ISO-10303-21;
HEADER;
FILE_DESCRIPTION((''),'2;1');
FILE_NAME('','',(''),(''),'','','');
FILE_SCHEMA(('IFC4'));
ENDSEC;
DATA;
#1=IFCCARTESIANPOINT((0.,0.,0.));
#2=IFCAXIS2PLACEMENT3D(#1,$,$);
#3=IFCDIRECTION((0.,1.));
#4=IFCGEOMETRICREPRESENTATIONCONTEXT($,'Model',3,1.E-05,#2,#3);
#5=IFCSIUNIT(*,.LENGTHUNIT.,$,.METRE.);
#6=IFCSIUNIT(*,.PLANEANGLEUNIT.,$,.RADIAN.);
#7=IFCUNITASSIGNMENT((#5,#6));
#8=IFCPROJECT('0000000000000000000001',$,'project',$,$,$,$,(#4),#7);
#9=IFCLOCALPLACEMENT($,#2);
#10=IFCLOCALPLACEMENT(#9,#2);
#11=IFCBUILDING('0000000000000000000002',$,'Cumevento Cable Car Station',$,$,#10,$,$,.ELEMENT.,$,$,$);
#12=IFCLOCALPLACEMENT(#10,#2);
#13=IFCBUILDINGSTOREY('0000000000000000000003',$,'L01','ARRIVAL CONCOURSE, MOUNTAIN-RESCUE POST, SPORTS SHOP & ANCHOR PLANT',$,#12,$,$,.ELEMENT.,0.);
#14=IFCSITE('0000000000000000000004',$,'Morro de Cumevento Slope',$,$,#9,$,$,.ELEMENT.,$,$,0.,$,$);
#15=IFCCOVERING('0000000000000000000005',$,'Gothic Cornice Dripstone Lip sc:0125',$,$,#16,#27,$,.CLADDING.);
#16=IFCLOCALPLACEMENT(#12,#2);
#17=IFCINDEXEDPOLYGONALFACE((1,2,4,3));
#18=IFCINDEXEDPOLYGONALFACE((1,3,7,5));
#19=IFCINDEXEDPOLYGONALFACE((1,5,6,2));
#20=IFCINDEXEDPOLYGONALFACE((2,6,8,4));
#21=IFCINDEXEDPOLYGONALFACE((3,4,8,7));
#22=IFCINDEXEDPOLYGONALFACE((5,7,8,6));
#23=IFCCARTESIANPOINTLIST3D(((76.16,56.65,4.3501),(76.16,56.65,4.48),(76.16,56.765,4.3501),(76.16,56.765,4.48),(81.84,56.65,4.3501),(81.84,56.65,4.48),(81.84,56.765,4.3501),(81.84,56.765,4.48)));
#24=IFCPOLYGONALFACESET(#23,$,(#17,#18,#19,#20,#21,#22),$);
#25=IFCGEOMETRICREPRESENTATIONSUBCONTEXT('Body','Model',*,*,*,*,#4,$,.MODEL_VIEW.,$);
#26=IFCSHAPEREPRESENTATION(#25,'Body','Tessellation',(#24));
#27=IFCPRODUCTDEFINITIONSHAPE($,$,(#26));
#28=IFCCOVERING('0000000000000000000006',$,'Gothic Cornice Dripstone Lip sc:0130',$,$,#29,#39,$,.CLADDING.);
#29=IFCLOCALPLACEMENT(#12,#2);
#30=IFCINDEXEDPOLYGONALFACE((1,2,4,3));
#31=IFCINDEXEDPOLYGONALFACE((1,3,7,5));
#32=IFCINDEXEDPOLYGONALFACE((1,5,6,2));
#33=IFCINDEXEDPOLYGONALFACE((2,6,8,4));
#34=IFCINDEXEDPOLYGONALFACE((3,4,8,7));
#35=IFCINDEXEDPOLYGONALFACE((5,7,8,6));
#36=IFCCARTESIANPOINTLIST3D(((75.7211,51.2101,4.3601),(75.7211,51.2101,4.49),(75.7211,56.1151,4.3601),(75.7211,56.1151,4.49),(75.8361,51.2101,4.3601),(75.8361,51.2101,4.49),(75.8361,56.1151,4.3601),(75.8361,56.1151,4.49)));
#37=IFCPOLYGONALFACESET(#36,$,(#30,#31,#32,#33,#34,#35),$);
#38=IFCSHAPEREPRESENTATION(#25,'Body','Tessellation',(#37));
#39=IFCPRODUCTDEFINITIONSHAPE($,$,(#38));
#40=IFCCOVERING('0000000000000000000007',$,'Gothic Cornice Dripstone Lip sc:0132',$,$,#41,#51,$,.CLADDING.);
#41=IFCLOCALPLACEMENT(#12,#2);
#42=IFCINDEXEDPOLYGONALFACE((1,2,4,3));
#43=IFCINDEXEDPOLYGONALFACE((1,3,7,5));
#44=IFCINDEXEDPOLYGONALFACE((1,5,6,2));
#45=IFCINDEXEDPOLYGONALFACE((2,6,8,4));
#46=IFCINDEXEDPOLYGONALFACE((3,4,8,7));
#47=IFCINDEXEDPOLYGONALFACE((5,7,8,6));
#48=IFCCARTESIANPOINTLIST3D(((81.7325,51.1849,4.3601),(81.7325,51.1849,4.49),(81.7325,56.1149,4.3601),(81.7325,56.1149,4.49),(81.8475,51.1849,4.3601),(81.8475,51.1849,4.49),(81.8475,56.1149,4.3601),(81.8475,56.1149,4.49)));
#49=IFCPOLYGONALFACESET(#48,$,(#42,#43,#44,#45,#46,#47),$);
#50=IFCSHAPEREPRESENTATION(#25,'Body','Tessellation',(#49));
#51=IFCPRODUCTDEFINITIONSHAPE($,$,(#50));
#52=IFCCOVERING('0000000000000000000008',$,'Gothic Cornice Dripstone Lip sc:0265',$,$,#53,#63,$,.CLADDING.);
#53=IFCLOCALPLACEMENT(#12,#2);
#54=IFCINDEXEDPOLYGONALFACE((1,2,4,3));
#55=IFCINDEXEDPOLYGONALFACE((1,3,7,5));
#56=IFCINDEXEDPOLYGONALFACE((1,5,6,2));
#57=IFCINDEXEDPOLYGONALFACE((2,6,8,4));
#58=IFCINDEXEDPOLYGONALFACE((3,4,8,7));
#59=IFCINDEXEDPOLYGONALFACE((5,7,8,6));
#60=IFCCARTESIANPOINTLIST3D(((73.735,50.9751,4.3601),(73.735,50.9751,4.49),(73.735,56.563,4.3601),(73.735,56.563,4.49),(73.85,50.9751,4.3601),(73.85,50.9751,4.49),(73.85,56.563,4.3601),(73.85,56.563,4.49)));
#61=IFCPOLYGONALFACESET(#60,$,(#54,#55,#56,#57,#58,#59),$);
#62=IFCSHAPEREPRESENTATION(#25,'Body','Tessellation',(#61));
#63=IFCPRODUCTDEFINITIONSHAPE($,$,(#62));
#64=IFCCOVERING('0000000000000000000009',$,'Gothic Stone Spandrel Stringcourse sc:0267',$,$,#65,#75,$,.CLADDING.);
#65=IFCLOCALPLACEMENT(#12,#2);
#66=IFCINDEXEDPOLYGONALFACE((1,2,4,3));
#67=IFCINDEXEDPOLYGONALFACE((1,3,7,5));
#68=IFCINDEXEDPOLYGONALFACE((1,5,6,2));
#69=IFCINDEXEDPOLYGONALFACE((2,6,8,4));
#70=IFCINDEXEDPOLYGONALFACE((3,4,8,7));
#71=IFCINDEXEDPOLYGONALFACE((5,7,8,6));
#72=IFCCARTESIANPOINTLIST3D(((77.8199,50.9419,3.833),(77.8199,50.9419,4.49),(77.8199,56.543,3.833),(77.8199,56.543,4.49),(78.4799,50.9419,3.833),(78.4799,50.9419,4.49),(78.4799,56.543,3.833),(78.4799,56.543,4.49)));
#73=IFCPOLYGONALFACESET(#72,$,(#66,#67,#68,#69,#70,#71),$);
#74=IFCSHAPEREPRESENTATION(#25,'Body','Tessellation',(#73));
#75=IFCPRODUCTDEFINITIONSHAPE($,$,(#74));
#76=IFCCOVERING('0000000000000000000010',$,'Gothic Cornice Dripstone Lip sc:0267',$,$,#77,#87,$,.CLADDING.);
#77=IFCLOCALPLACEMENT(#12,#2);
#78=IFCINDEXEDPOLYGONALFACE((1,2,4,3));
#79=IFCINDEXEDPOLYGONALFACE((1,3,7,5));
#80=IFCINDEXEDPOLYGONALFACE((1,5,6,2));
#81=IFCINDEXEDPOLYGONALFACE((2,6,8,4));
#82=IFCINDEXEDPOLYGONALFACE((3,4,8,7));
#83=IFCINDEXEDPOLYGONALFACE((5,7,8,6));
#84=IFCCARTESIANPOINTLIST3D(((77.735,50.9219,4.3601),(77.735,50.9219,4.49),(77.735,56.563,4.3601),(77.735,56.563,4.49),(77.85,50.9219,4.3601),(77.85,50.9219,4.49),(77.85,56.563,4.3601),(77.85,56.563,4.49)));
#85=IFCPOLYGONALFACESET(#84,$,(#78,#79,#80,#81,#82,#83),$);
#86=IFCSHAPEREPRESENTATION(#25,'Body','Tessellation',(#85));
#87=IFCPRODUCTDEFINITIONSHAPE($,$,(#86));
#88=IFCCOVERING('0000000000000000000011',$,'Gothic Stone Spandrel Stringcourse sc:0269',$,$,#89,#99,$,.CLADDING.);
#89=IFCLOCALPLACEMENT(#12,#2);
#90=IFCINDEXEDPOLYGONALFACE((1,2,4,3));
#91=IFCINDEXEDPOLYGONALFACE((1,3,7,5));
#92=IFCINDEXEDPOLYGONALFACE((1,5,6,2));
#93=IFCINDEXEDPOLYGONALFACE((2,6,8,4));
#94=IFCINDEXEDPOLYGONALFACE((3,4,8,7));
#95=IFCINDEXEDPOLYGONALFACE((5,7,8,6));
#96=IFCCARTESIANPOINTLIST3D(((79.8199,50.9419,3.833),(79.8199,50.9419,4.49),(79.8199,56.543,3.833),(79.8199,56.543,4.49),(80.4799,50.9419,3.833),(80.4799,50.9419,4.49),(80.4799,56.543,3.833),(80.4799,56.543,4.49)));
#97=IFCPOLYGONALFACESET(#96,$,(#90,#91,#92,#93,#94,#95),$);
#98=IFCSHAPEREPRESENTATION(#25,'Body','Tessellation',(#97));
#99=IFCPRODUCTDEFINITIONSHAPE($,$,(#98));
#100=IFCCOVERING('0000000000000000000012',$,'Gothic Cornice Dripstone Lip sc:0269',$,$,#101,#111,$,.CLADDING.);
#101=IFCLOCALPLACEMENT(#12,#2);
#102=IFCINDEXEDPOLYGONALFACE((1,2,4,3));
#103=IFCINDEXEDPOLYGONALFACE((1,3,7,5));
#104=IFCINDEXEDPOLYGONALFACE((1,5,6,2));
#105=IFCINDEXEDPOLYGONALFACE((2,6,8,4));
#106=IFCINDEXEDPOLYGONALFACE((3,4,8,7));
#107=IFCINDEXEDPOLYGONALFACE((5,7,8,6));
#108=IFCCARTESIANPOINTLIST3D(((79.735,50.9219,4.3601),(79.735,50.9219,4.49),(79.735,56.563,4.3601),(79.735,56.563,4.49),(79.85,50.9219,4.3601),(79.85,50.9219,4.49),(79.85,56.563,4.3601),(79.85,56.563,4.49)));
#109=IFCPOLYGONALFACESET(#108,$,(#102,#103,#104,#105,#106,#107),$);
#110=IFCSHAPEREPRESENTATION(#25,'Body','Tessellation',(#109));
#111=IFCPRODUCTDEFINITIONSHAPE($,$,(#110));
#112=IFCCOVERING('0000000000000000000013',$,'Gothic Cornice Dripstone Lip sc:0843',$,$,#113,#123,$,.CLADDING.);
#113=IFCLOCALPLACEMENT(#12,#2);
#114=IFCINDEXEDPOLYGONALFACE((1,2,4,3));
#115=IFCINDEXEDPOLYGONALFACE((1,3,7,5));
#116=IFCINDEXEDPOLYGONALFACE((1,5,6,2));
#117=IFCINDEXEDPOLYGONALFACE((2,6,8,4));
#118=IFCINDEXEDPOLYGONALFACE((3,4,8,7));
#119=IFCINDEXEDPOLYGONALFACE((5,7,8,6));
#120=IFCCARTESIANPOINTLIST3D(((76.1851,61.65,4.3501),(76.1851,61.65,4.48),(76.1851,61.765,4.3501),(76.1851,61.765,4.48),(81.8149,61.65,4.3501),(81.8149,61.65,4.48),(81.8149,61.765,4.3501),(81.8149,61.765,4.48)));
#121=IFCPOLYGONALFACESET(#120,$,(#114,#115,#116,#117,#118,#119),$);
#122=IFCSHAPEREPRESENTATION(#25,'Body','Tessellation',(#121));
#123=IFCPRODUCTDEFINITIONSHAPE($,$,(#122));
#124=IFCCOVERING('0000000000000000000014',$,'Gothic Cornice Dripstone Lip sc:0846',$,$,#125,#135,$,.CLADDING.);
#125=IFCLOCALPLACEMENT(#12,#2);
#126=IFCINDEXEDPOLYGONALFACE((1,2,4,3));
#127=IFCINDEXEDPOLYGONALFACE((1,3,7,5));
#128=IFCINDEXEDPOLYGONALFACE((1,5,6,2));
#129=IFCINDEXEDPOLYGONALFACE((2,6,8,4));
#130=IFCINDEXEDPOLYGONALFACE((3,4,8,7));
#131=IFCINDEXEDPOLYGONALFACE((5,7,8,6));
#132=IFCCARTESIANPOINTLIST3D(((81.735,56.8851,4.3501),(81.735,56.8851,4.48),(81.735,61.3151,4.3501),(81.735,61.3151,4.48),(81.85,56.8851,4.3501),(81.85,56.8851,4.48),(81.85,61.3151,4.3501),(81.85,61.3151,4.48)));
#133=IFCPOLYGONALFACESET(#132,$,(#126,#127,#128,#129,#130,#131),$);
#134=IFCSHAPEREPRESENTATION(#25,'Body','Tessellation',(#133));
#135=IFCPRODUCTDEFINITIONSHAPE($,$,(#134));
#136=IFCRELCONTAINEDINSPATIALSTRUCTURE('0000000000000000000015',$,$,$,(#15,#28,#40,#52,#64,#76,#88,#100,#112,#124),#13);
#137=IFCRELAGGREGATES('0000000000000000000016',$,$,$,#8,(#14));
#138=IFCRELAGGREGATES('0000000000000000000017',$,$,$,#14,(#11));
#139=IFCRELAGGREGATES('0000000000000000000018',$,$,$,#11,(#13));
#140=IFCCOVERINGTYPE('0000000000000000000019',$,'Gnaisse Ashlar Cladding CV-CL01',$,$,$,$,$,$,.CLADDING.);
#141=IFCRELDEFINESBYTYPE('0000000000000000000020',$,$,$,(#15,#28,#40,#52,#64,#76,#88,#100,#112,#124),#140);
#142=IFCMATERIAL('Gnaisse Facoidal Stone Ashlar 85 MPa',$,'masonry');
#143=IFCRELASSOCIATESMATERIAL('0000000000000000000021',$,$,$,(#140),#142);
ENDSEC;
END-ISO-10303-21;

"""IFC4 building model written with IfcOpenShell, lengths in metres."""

from ifc_helpers import new_model, si_unit, direction, frame, origin, origin_2d, place, context, subcontext, project, spatial, rectangle, extrude, material, type_object, element, save


model = new_model("IFC4")

# Units and contexts
model_context = context("Model", 3, precision=1e-05, world=origin(), true_north=direction((0.0, 1.0)))
body_context = subcontext(model_context, "Body", "Model", "MODEL_VIEW")
ifc_project = project(units=[si_unit("LENGTHUNIT", "METRE"), si_unit("PLANEANGLEUNIT", "RADIAN")], contexts=[model_context])

# Site, building, storey
site_placement = place(None, origin())
site = spatial("IfcSite", under=ifc_project, at=site_placement, Name="Morro de Cumevento Slope", CompositionType="ELEMENT", RefElevation=0.0)
building_placement = place(site_placement, origin())
building = spatial("IfcBuilding", under=site, at=building_placement, Name="Cumevento Cable Car Station", CompositionType="ELEMENT")
storey_placement = place(building_placement, origin())
storey = spatial("IfcBuildingStorey", under=building, at=storey_placement, Name="L01", Description="ARRIVAL CONCOURSE, MOUNTAIN-RESCUE POST, SPORTS SHOP & ANCHOR PLANT", CompositionType="ELEMENT", Elevation=0.0)

# Coverings
ifc_material_1 = material(Name="Gnaisse Facoidal Stone Ashlar 85 MPa", Category="masonry")
covering_type = type_object("IfcCoveringType", Name="Gnaisse Ashlar Cladding CV-CL01", PredefinedType="CLADDING", material=ifc_material_1)
covering_1_placement = place(storey_placement, frame((79.0, 56.7075, 4.3501), z_axis=(0.0, 0.0, 1.0), x_axis=(1.0, 0.0, 0.0)))
element("IfcCovering", 1, at=covering_1_placement, inside=storey, type_object=covering_type, Name="Gothic Cornice Dripstone Lip sc:0125", PredefinedType="CLADDING", context=body_context, shape_type="SweptSolid", body=[
    extrude(rectangle(XDim=5.6799, YDim=0.115, at=origin_2d()), origin(), (0.0, 0.0, 1.0), 0.1299),
])
covering_2_placement = place(storey_placement, frame((75.7786, 53.6626, 4.3601), z_axis=(0.0, 0.0, 1.0), x_axis=(0.0, 1.0, 0.0)))
element("IfcCovering", 2, at=covering_2_placement, inside=storey, type_object=covering_type, Name="Gothic Cornice Dripstone Lip sc:0130", PredefinedType="CLADDING", context=body_context, shape_type="SweptSolid", body=[
    extrude(rectangle(XDim=4.905, YDim=0.115, at=origin_2d()), origin(), (0.0, 0.0, 1.0), 0.1299),
])
covering_3_placement = place(storey_placement, frame((81.79, 53.6499, 4.3601), z_axis=(0.0, 0.0, 1.0), x_axis=(0.0, 1.0, 0.0)))
element("IfcCovering", 3, at=covering_3_placement, inside=storey, type_object=covering_type, Name="Gothic Cornice Dripstone Lip sc:0132", PredefinedType="CLADDING", context=body_context, shape_type="SweptSolid", body=[
    extrude(rectangle(XDim=4.9299, YDim=0.115, at=origin_2d()), origin(), (0.0, 0.0, 1.0), 0.1299),
])
covering_4_placement = place(storey_placement, frame((73.7925, 53.769, 4.3601), z_axis=(0.0, 0.0, 1.0), x_axis=(0.0, 1.0, 0.0)))
element("IfcCovering", 4, at=covering_4_placement, inside=storey, type_object=covering_type, Name="Gothic Cornice Dripstone Lip sc:0265", PredefinedType="CLADDING", context=body_context, shape_type="SweptSolid", body=[
    extrude(rectangle(XDim=5.5879, YDim=0.115, at=origin_2d()), origin(), (0.0, 0.0, 1.0), 0.1299),
])
covering_5_placement = place(storey_placement, frame((78.1499, 53.7424, 3.833), z_axis=(0.0, 0.0, 1.0), x_axis=(0.0, 1.0, 0.0)))
element("IfcCovering", 5, at=covering_5_placement, inside=storey, type_object=covering_type, Name="Gothic Stone Spandrel Stringcourse sc:0267", PredefinedType="CLADDING", context=body_context, shape_type="SweptSolid", body=[
    extrude(rectangle(XDim=5.6011, YDim=0.6599, at=origin_2d()), origin(), (0.0, 0.0, 1.0), 0.657),
])
covering_6_placement = place(storey_placement, frame((77.7925, 53.7424, 4.3601), z_axis=(0.0, 0.0, 1.0), x_axis=(0.0, 1.0, 0.0)))
element("IfcCovering", 6, at=covering_6_placement, inside=storey, type_object=covering_type, Name="Gothic Cornice Dripstone Lip sc:0267", PredefinedType="CLADDING", context=body_context, shape_type="SweptSolid", body=[
    extrude(rectangle(XDim=5.6411, YDim=0.115, at=origin_2d()), origin(), (0.0, 0.0, 1.0), 0.1299),
])
covering_7_placement = place(storey_placement, frame((80.1499, 53.7424, 3.833), z_axis=(0.0, 0.0, 1.0), x_axis=(0.0, 1.0, 0.0)))
element("IfcCovering", 7, at=covering_7_placement, inside=storey, type_object=covering_type, Name="Gothic Stone Spandrel Stringcourse sc:0269", PredefinedType="CLADDING", context=body_context, shape_type="SweptSolid", body=[
    extrude(rectangle(XDim=5.6011, YDim=0.6599, at=origin_2d()), origin(), (0.0, 0.0, 1.0), 0.657),
])
covering_8_placement = place(storey_placement, frame((79.7925, 53.7424, 4.3601), z_axis=(0.0, 0.0, 1.0), x_axis=(0.0, 1.0, 0.0)))
element("IfcCovering", 8, at=covering_8_placement, inside=storey, type_object=covering_type, Name="Gothic Cornice Dripstone Lip sc:0269", PredefinedType="CLADDING", context=body_context, shape_type="SweptSolid", body=[
    extrude(rectangle(XDim=5.6411, YDim=0.115, at=origin_2d()), origin(), (0.0, 0.0, 1.0), 0.1299),
])
covering_9_placement = place(storey_placement, frame((79.0, 61.7075, 4.3501), z_axis=(0.0, 0.0, 1.0), x_axis=(1.0, 0.0, 0.0)))
element("IfcCovering", 9, at=covering_9_placement, inside=storey, type_object=covering_type, Name="Gothic Cornice Dripstone Lip sc:0843", PredefinedType="CLADDING", context=body_context, shape_type="SweptSolid", body=[
    extrude(rectangle(XDim=5.6299, YDim=0.115, at=origin_2d()), origin(), (0.0, 0.0, 1.0), 0.1299),
])
covering_10_placement = place(storey_placement, frame((81.7925, 59.1001, 4.3501), z_axis=(0.0, 0.0, 1.0), x_axis=(0.0, 1.0, 0.0)))
element("IfcCovering", 10, at=covering_10_placement, inside=storey, type_object=covering_type, Name="Gothic Cornice Dripstone Lip sc:0846", PredefinedType="CLADDING", context=body_context, shape_type="SweptSolid", body=[
    extrude(rectangle(XDim=4.4299, YDim=0.115, at=origin_2d()), origin(), (0.0, 0.0, 1.0), 0.1299),
])

save(model, "model.ifc")
